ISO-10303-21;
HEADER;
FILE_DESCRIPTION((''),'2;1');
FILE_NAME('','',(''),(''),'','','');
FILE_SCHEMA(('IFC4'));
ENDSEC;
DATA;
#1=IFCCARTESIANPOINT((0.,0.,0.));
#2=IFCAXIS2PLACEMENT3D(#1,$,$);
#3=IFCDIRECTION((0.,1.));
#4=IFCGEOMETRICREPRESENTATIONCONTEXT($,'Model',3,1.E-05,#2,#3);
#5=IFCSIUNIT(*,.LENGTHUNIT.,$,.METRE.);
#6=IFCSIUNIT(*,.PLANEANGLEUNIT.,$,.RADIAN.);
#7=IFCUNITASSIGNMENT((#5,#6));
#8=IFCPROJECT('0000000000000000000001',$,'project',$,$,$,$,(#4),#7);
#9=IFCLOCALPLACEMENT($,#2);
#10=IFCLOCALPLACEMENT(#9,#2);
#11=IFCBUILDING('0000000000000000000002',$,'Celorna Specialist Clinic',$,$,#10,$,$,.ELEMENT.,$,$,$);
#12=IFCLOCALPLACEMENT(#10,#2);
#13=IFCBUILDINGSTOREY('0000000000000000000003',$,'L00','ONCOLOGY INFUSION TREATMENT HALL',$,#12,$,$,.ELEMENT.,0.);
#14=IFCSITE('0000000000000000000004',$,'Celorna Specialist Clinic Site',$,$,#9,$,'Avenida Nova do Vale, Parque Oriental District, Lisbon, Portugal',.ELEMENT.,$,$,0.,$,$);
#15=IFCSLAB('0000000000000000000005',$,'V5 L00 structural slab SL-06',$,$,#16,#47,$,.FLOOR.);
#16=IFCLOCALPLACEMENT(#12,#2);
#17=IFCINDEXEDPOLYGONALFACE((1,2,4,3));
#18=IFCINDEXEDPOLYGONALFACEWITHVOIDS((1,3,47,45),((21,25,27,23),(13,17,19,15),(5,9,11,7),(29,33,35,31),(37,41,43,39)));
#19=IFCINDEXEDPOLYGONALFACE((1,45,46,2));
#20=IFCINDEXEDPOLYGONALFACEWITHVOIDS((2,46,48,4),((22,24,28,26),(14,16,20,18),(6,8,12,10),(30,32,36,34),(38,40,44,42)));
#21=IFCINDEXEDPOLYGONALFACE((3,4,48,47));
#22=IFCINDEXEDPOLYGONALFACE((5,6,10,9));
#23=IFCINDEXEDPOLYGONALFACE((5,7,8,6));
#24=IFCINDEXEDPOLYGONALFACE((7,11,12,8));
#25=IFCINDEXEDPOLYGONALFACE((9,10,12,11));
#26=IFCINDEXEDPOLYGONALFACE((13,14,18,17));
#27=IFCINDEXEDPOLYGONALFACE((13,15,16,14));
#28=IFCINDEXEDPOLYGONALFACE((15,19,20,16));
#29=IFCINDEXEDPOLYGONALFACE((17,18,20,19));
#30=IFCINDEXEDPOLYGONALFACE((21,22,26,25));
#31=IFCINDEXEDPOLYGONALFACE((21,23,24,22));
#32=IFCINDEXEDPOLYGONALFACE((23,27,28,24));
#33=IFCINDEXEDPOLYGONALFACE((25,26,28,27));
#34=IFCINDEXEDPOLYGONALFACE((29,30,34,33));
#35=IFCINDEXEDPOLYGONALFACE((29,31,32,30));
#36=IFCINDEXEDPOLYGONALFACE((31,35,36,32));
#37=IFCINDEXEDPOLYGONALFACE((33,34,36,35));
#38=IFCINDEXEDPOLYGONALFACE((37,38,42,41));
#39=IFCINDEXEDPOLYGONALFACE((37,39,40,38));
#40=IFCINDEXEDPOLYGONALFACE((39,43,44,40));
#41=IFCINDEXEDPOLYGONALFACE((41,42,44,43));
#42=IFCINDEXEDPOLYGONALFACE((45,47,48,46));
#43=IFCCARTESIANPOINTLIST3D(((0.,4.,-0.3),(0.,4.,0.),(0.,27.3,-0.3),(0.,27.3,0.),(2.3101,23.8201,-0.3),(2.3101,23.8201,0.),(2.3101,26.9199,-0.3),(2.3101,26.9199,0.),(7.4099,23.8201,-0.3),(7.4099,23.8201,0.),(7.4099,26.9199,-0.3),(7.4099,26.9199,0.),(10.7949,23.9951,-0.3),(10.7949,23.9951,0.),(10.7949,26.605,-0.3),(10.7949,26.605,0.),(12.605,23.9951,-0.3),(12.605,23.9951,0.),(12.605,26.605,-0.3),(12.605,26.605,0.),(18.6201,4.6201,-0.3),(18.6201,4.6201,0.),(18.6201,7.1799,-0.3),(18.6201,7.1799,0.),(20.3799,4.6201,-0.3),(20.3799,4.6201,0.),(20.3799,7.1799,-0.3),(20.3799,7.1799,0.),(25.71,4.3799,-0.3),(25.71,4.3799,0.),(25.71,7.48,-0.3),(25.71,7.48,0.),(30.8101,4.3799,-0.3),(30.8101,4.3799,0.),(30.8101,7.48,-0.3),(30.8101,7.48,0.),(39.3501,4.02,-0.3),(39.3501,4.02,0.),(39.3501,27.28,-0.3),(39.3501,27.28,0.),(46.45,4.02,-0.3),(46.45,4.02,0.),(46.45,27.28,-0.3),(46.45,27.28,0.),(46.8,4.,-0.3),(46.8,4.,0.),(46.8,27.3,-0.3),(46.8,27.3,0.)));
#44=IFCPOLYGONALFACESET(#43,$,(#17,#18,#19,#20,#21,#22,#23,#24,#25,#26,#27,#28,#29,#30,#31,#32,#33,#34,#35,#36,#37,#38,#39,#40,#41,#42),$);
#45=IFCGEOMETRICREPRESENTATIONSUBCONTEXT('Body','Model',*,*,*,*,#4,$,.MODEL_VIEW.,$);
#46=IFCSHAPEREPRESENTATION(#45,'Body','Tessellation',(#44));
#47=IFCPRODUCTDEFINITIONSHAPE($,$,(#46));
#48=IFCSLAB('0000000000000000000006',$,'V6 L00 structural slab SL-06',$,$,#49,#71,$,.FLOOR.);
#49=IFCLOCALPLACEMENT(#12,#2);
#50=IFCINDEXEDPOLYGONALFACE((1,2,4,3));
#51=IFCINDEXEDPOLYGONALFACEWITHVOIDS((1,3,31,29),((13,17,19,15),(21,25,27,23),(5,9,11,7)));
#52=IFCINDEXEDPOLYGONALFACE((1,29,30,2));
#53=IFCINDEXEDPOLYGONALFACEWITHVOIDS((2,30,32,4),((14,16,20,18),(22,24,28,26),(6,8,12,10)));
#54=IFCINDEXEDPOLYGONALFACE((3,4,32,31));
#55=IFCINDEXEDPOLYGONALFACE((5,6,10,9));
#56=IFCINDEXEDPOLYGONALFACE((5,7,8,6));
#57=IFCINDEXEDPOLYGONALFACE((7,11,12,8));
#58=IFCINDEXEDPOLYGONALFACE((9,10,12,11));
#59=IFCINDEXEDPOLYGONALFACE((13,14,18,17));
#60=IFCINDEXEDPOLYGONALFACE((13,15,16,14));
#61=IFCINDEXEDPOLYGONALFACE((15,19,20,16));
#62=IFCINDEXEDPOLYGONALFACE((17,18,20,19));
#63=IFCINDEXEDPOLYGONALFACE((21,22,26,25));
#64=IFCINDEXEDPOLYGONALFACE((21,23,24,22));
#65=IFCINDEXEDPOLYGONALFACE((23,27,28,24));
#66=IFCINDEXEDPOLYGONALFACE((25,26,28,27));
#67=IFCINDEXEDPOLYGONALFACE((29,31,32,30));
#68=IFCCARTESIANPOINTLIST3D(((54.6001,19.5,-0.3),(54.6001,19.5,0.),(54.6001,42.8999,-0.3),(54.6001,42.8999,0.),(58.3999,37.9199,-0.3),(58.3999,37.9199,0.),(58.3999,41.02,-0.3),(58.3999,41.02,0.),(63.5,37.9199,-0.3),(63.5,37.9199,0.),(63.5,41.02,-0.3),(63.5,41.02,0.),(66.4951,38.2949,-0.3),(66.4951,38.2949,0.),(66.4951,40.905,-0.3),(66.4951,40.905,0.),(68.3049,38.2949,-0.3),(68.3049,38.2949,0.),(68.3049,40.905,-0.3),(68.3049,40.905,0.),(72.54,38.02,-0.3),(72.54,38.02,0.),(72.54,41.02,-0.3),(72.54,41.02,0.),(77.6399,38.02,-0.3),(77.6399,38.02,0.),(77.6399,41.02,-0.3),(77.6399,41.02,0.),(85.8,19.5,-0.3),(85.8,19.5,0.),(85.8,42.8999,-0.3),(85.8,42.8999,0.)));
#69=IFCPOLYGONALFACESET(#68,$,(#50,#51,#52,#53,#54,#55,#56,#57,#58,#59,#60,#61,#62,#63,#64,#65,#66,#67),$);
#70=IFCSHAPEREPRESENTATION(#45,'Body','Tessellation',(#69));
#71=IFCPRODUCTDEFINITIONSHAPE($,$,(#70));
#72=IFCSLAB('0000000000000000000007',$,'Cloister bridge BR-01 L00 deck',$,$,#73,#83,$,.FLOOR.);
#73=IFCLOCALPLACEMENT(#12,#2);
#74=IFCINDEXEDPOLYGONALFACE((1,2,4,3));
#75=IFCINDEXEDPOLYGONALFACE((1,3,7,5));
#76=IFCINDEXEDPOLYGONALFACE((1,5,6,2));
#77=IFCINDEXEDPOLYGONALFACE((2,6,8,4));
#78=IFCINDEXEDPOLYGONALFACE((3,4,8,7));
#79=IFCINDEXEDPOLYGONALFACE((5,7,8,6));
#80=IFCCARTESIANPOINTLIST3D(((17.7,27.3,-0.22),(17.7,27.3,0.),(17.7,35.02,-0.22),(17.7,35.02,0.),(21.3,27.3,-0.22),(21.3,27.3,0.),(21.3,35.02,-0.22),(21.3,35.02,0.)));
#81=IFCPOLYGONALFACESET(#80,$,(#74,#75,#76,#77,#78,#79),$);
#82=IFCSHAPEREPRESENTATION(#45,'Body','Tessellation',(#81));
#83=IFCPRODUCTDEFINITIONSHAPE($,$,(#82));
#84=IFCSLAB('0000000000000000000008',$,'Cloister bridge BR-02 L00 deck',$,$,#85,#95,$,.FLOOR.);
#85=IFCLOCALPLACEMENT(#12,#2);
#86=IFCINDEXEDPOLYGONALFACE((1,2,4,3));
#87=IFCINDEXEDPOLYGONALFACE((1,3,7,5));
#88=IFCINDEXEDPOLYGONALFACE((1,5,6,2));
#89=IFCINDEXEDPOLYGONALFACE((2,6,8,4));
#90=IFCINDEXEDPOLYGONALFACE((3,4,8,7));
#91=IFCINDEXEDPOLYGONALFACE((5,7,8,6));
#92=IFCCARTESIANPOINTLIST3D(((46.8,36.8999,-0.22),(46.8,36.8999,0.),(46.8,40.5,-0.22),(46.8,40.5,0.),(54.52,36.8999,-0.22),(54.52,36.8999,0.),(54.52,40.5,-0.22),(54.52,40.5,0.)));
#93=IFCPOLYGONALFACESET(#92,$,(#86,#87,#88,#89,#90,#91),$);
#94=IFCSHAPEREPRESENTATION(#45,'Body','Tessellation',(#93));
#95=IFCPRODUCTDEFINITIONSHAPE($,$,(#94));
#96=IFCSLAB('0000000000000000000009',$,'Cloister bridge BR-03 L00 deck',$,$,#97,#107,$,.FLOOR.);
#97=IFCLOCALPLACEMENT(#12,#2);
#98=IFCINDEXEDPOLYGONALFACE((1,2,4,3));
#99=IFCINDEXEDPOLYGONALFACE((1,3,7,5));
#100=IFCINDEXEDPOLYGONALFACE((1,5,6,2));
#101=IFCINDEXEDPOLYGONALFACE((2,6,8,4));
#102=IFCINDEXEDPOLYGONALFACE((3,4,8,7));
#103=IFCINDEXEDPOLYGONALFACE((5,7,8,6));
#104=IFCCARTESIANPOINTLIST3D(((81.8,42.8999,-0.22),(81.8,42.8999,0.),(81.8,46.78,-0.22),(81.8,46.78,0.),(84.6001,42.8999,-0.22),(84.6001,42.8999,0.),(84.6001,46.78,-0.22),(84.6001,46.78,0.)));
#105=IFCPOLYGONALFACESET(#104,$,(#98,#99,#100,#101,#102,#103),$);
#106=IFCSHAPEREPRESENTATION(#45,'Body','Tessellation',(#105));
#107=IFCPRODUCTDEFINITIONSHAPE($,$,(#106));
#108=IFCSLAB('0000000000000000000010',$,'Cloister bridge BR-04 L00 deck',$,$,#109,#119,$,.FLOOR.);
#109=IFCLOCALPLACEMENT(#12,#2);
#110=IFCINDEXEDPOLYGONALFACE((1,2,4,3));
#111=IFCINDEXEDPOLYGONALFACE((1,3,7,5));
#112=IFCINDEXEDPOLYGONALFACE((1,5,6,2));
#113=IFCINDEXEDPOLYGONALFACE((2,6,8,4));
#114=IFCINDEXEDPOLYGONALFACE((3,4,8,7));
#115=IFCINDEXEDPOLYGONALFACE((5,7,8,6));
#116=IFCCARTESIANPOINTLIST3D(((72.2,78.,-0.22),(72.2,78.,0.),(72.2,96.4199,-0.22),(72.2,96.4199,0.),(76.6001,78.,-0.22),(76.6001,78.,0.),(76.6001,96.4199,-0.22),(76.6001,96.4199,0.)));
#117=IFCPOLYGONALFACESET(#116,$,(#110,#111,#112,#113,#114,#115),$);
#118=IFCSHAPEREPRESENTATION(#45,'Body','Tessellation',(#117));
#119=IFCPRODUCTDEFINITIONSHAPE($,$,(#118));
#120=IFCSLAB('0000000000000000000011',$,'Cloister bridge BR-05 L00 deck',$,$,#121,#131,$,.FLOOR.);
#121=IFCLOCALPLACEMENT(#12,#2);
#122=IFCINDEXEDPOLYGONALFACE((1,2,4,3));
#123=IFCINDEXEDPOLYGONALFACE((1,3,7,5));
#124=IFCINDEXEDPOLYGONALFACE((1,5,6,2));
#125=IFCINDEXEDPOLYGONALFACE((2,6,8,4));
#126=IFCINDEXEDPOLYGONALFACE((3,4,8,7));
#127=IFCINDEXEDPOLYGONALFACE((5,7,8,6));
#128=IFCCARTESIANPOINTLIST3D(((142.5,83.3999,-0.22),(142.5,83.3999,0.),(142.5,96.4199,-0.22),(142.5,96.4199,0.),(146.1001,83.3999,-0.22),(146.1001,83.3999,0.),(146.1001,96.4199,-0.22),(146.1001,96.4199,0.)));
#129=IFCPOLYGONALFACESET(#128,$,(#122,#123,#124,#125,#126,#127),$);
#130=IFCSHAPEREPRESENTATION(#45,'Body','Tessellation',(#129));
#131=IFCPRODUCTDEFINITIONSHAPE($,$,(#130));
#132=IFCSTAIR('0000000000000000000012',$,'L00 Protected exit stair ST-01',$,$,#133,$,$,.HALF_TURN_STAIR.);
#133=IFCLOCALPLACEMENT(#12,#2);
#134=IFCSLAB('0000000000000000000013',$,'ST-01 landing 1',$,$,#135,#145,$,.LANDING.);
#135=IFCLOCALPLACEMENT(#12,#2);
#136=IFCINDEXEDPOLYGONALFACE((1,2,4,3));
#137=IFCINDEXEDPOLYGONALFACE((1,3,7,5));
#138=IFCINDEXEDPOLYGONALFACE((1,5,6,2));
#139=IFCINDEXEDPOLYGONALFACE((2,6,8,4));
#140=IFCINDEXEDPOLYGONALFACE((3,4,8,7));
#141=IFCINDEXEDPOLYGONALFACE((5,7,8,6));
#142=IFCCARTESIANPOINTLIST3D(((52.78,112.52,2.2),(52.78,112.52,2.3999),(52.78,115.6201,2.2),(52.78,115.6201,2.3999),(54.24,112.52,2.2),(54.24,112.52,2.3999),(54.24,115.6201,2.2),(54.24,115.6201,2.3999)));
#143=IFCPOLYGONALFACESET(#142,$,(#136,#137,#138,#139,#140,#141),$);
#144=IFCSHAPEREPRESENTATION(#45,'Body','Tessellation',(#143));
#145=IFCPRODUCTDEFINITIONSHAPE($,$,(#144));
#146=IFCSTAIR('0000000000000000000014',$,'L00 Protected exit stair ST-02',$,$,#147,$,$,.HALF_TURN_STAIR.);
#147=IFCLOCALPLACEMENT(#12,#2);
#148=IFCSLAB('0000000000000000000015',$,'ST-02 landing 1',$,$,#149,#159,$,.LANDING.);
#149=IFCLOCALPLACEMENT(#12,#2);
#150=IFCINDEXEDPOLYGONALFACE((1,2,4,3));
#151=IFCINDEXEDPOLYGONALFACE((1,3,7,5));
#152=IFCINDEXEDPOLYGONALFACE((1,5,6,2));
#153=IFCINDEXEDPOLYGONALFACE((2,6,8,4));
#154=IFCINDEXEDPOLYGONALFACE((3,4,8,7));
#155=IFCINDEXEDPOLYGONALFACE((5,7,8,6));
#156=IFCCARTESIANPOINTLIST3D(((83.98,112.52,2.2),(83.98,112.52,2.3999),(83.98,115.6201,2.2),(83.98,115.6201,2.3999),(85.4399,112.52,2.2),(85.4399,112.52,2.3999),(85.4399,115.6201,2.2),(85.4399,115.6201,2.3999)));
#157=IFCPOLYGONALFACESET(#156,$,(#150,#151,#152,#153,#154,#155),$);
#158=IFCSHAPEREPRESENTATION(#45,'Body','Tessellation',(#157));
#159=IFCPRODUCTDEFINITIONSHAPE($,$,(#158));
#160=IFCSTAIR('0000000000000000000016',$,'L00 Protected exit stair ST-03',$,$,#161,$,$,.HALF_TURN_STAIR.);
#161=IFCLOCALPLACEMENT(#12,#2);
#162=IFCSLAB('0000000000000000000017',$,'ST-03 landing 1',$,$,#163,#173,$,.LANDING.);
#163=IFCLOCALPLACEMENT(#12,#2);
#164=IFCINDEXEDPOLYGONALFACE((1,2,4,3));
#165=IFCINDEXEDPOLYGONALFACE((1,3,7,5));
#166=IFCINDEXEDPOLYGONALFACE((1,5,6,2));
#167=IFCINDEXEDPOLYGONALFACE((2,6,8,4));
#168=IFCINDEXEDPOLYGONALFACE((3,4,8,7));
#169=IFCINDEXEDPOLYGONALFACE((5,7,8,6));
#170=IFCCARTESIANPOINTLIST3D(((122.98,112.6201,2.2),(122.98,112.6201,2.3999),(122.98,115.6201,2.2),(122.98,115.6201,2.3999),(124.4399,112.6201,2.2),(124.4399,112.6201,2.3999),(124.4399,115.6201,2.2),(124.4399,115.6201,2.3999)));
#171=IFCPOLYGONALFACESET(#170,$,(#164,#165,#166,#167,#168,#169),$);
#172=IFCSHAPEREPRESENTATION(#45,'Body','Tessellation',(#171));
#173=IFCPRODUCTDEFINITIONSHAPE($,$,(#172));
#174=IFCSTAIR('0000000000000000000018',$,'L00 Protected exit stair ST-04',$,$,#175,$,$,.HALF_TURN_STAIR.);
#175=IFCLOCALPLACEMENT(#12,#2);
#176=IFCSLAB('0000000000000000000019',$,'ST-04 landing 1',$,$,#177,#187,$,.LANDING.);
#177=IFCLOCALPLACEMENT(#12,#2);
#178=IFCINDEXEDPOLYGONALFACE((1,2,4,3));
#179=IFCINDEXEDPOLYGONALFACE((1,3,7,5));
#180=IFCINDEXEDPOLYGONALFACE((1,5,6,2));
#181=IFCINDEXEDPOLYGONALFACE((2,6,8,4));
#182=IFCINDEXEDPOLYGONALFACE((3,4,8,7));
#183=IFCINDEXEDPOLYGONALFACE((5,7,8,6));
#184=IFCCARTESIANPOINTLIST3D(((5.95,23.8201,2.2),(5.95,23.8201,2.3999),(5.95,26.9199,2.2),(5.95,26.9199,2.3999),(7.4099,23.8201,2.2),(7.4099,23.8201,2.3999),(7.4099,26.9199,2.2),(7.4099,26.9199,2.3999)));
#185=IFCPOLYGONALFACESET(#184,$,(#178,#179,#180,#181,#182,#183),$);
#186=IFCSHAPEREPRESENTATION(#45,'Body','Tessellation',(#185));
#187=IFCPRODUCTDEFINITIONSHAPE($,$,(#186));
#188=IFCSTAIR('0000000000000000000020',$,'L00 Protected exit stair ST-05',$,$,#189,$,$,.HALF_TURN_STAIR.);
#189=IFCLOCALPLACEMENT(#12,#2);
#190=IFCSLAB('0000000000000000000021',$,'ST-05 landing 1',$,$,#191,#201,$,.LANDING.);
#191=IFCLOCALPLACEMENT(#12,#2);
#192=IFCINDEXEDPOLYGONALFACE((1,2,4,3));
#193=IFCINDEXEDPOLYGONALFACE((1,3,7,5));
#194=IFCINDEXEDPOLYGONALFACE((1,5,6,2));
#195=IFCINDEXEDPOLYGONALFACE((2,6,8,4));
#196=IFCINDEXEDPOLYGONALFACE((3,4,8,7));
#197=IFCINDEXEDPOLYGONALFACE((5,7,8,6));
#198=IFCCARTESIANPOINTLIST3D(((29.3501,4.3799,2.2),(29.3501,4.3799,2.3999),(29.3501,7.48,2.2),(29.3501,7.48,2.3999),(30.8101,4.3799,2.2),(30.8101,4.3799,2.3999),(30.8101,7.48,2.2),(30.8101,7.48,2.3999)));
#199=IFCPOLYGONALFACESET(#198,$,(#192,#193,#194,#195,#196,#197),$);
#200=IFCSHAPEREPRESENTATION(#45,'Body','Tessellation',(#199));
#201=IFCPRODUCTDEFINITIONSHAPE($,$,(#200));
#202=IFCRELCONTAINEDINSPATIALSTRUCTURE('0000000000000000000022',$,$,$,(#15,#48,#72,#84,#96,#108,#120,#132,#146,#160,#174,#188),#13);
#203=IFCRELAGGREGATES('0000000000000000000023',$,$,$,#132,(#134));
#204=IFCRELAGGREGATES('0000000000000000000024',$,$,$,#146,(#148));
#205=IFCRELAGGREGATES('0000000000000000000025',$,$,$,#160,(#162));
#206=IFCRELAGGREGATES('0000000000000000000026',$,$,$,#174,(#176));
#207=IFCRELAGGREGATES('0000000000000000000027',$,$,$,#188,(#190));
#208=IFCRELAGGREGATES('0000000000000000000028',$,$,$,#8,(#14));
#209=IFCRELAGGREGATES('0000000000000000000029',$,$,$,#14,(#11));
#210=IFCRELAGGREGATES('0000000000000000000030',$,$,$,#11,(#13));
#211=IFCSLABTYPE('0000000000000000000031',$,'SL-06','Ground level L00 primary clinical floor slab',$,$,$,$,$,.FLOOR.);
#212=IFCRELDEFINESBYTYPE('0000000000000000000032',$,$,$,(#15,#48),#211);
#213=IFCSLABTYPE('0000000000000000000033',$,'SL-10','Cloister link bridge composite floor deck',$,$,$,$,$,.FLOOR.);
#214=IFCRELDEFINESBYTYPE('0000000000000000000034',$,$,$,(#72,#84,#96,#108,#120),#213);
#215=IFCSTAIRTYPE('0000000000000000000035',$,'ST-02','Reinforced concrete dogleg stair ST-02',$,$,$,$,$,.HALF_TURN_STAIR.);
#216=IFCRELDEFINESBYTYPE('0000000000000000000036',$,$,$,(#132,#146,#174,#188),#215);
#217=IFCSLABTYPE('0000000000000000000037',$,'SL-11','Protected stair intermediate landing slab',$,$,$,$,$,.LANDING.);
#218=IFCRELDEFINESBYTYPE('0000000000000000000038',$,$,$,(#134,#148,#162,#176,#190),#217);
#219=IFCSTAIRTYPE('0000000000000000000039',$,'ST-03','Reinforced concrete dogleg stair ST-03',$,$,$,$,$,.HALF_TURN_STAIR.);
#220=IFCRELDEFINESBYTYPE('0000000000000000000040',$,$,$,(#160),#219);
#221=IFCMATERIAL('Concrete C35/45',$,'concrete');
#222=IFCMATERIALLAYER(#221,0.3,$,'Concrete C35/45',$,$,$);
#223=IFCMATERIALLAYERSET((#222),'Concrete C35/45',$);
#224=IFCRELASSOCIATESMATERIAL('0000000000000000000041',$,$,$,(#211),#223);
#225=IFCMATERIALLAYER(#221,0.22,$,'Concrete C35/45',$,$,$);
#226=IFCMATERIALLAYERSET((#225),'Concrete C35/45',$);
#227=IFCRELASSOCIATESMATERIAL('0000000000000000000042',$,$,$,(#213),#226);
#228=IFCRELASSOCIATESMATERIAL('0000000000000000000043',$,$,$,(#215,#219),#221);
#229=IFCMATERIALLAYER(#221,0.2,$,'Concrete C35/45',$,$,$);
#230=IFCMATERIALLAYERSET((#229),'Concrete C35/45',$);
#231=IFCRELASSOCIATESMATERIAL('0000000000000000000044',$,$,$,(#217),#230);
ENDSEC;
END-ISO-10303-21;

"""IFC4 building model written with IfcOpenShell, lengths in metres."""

from ifc_helpers import new_model, si_unit, direction, frame, origin, place, context, subcontext, project, spatial, polyline, outline, extrude, material, layer, layer_set, type_object, element, aggregate, save


model = new_model("IFC4")

# Units and contexts
model_context = context("Model", 3, precision=1e-05, world=origin(), true_north=direction((0.0, 1.0)))
body_context = subcontext(model_context, "Body", "Model", "MODEL_VIEW")
ifc_project = project(units=[si_unit("LENGTHUNIT", "METRE"), si_unit("PLANEANGLEUNIT", "RADIAN")], contexts=[model_context])

# Site, building, storey
site_placement = place(None, origin())
site = spatial("IfcSite", under=ifc_project, at=site_placement, Name="Celorna Specialist Clinic Site", LongName="Avenida Nova do Vale, Parque Oriental District, Lisbon, Portugal", CompositionType="ELEMENT", RefElevation=0.0)
building_placement = place(site_placement, origin())
building = spatial("IfcBuilding", under=site, at=building_placement, Name="Celorna Specialist Clinic", CompositionType="ELEMENT")
storey_placement = place(building_placement, origin())
storey = spatial("IfcBuildingStorey", under=building, at=storey_placement, Name="L00", Description="ONCOLOGY INFUSION TREATMENT HALL", CompositionType="ELEMENT", Elevation=0.0)

# Slabs
ifc_material_1 = material(Name="Concrete C35/45", Category="concrete")
ifc_layer_1 = layer(ifc_material_1, 0.3, Name="Concrete C35/45")
ifc_layer_set_1 = layer_set([ifc_layer_1], Name="Concrete C35/45")
slab_type_1 = type_object("IfcSlabType", Name="SL-06", Description="Ground level L00 primary clinical floor slab", PredefinedType="FLOOR", material=ifc_layer_set_1)
slab_1_placement = place(storey_placement, frame((0.0, 0.0, -0.3)))
element("IfcSlab", 1, at=slab_1_placement, inside=storey, type_object=slab_type_1, Name="V5 L00 structural slab SL-06", PredefinedType="FLOOR", context=body_context, shape_type="SweptSolid", body=[
    extrude(outline(polyline([(46.8, 4.0), (46.8, 27.3), (0.0, 27.3), (0.0, 4.0), (46.8, 4.0)]), holes=[polyline([(2.3101, 23.8201), (7.4099, 23.8201), (7.4099, 26.9199), (2.3101, 26.9199), (2.3101, 23.8201)]), polyline([(25.71, 4.3799), (30.8101, 4.3799), (30.8101, 7.48), (25.71, 7.48), (25.71, 4.3799)]), polyline([(10.7949, 23.9951), (12.605, 23.9951), (12.605, 26.605), (10.7949, 26.605), (10.7949, 23.9951)]), polyline([(18.6201, 4.6201), (20.3799, 4.6201), (20.3799, 7.1799), (18.6201, 7.1799), (18.6201, 4.6201)]), polyline([(39.3501, 4.02), (46.45, 4.02), (46.45, 27.28), (39.3501, 27.28), (39.3501, 4.02)])]), origin(), (0.0, 0.0, 1.0), 0.3),
])
slab_2_placement = place(storey_placement, frame((0.0, 0.0, -0.3)))
element("IfcSlab", 2, at=slab_2_placement, inside=storey, type_object=slab_type_1, Name="V6 L00 structural slab SL-06", PredefinedType="FLOOR", context=body_context, shape_type="SweptSolid", body=[
    extrude(outline(polyline([(85.8, 19.5), (85.8, 42.8999), (54.6001, 42.8999), (54.6001, 19.5), (85.8, 19.5)]), holes=[polyline([(58.3999, 37.9199), (63.5, 37.9199), (63.5, 41.02), (58.3999, 41.02), (58.3999, 37.9199)]), polyline([(72.54, 38.02), (77.6399, 38.02), (77.6399, 41.02), (72.54, 41.02), (72.54, 38.02)]), polyline([(66.4951, 38.2949), (68.3049, 38.2949), (68.3049, 40.905), (66.4951, 40.905), (66.4951, 38.2949)])]), origin(), (0.0, 0.0, 1.0), 0.3),
])
ifc_layer_2 = layer(ifc_material_1, 0.22, Name="Concrete C35/45")
ifc_layer_set_2 = layer_set([ifc_layer_2], Name="Concrete C35/45")
slab_type_2 = type_object("IfcSlabType", Name="SL-10", Description="Cloister link bridge composite floor deck", PredefinedType="FLOOR", material=ifc_layer_set_2)
slab_3_placement = place(storey_placement, frame((0.0, 0.0, -0.22)))
element("IfcSlab", 3, at=slab_3_placement, inside=storey, type_object=slab_type_2, Name="Cloister bridge BR-01 L00 deck", PredefinedType="FLOOR", context=body_context, shape_type="SweptSolid", body=[
    extrude(outline(polyline([(17.7, 27.3), (21.3, 27.3), (21.3, 35.02), (17.7, 35.02), (17.7, 27.3)])), origin(), (0.0, 0.0, 1.0), 0.22),
])
slab_4_placement = place(storey_placement, frame((0.0, 0.0, -0.22)))
element("IfcSlab", 4, at=slab_4_placement, inside=storey, type_object=slab_type_2, Name="Cloister bridge BR-02 L00 deck", PredefinedType="FLOOR", context=body_context, shape_type="SweptSolid", body=[
    extrude(outline(polyline([(46.8, 36.8999), (54.52, 36.8999), (54.52, 40.5), (46.8, 40.5), (46.8, 36.8999)])), origin(), (0.0, 0.0, 1.0), 0.22),
])
slab_5_placement = place(storey_placement, frame((0.0, 0.0, -0.22)))
element("IfcSlab", 5, at=slab_5_placement, inside=storey, type_object=slab_type_2, Name="Cloister bridge BR-03 L00 deck", PredefinedType="FLOOR", context=body_context, shape_type="SweptSolid", body=[
    extrude(outline(polyline([(81.8, 42.8999), (84.6001, 42.8999), (84.6001, 46.78), (81.8, 46.78), (81.8, 42.8999)])), origin(), (0.0, 0.0, 1.0), 0.22),
])
slab_6_placement = place(storey_placement, frame((0.0, 0.0, -0.22)))
element("IfcSlab", 6, at=slab_6_placement, inside=storey, type_object=slab_type_2, Name="Cloister bridge BR-04 L00 deck", PredefinedType="FLOOR", context=body_context, shape_type="SweptSolid", body=[
    extrude(outline(polyline([(72.2, 78.0), (76.6001, 78.0), (76.6001, 96.4199), (72.2, 96.4199), (72.2, 78.0)])), origin(), (0.0, 0.0, 1.0), 0.22),
])
slab_7_placement = place(storey_placement, frame((0.0, 0.0, -0.22)))
element("IfcSlab", 7, at=slab_7_placement, inside=storey, type_object=slab_type_2, Name="Cloister bridge BR-05 L00 deck", PredefinedType="FLOOR", context=body_context, shape_type="SweptSolid", body=[
    extrude(outline(polyline([(142.5, 83.3999), (146.1001, 83.3999), (146.1001, 96.4199), (142.5, 96.4199), (142.5, 83.3999)])), origin(), (0.0, 0.0, 1.0), 0.22),
])

# Stairs, slabs
stair_type_1 = type_object("IfcStairType", Name="ST-02", Description="Reinforced concrete dogleg stair ST-02", PredefinedType="HALF_TURN_STAIR", material=ifc_material_1)
stair_1_placement = place(storey_placement, origin())
stair_1 = element("IfcStair", 8, at=stair_1_placement, inside=storey, type_object=stair_type_1, Name="L00 Protected exit stair ST-01", PredefinedType="HALF_TURN_STAIR")
ifc_layer_3 = layer(ifc_material_1, 0.2, Name="Concrete C35/45")
ifc_layer_set_3 = layer_set([ifc_layer_3], Name="Concrete C35/45")
slab_type_3 = type_object("IfcSlabType", Name="SL-11", Description="Protected stair intermediate landing slab", PredefinedType="LANDING", material=ifc_layer_set_3)
slab_8_placement = place(storey_placement, frame((0.0, 0.0, 2.2)))
slab_8 = element("IfcSlab", 9, at=slab_8_placement, type_object=slab_type_3, Name="ST-01 landing 1", PredefinedType="LANDING", context=body_context, shape_type="SweptSolid", body=[
    extrude(outline(polyline([(52.78, 112.52), (54.24, 112.52), (54.24, 115.6201), (52.78, 115.6201), (52.78, 112.52)])), origin(), (0.0, 0.0, 1.0), 0.2),
])
aggregate(stair_1, [slab_8])
stair_2_placement = place(storey_placement, origin())
stair_2 = element("IfcStair", 10, at=stair_2_placement, inside=storey, type_object=stair_type_1, Name="L00 Protected exit stair ST-02", PredefinedType="HALF_TURN_STAIR")
slab_9_placement = place(storey_placement, frame((0.0, 0.0, 2.2)))
slab_9 = element("IfcSlab", 11, at=slab_9_placement, type_object=slab_type_3, Name="ST-02 landing 1", PredefinedType="LANDING", context=body_context, shape_type="SweptSolid", body=[
    extrude(outline(polyline([(83.98, 112.52), (85.4399, 112.52), (85.4399, 115.6201), (83.98, 115.6201), (83.98, 112.52)])), origin(), (0.0, 0.0, 1.0), 0.2),
])
aggregate(stair_2, [slab_9])
stair_type_2 = type_object("IfcStairType", Name="ST-03", Description="Reinforced concrete dogleg stair ST-03", PredefinedType="HALF_TURN_STAIR", material=ifc_material_1)
stair_3_placement = place(storey_placement, origin())
stair_3 = element("IfcStair", 12, at=stair_3_placement, inside=storey, type_object=stair_type_2, Name="L00 Protected exit stair ST-03", PredefinedType="HALF_TURN_STAIR")
slab_10_placement = place(storey_placement, frame((0.0, 0.0, 2.2)))
slab_10 = element("IfcSlab", 13, at=slab_10_placement, type_object=slab_type_3, Name="ST-03 landing 1", PredefinedType="LANDING", context=body_context, shape_type="SweptSolid", body=[
    extrude(outline(polyline([(122.98, 112.6201), (124.4399, 112.6201), (124.4399, 115.6201), (122.98, 115.6201), (122.98, 112.6201)])), origin(), (0.0, 0.0, 1.0), 0.2),
])
aggregate(stair_3, [slab_10])
stair_4_placement = place(storey_placement, origin())
stair_4 = element("IfcStair", 14, at=stair_4_placement, inside=storey, type_object=stair_type_1, Name="L00 Protected exit stair ST-04", PredefinedType="HALF_TURN_STAIR")
slab_11_placement = place(storey_placement, frame((0.0, 0.0, 2.2)))
slab_11 = element("IfcSlab", 15, at=slab_11_placement, type_object=slab_type_3, Name="ST-04 landing 1", PredefinedType="LANDING", context=body_context, shape_type="SweptSolid", body=[
    extrude(outline(polyline([(5.95, 23.8201), (7.4099, 23.8201), (7.4099, 26.9199), (5.95, 26.9199), (5.95, 23.8201)])), origin(), (0.0, 0.0, 1.0), 0.2),
])
aggregate(stair_4, [slab_11])
stair_5_placement = place(storey_placement, origin())
stair_5 = element("IfcStair", 16, at=stair_5_placement, inside=storey, type_object=stair_type_1, Name="L00 Protected exit stair ST-05", PredefinedType="HALF_TURN_STAIR")
slab_12_placement = place(storey_placement, frame((0.0, 0.0, 2.2)))
slab_12 = element("IfcSlab", 17, at=slab_12_placement, type_object=slab_type_3, Name="ST-05 landing 1", PredefinedType="LANDING", context=body_context, shape_type="SweptSolid", body=[
    extrude(outline(polyline([(29.3501, 4.3799), (30.8101, 4.3799), (30.8101, 7.48), (29.3501, 7.48), (29.3501, 4.3799)])), origin(), (0.0, 0.0, 1.0), 0.2),
])
aggregate(stair_5, [slab_12])

save(model, "model.ifc")
